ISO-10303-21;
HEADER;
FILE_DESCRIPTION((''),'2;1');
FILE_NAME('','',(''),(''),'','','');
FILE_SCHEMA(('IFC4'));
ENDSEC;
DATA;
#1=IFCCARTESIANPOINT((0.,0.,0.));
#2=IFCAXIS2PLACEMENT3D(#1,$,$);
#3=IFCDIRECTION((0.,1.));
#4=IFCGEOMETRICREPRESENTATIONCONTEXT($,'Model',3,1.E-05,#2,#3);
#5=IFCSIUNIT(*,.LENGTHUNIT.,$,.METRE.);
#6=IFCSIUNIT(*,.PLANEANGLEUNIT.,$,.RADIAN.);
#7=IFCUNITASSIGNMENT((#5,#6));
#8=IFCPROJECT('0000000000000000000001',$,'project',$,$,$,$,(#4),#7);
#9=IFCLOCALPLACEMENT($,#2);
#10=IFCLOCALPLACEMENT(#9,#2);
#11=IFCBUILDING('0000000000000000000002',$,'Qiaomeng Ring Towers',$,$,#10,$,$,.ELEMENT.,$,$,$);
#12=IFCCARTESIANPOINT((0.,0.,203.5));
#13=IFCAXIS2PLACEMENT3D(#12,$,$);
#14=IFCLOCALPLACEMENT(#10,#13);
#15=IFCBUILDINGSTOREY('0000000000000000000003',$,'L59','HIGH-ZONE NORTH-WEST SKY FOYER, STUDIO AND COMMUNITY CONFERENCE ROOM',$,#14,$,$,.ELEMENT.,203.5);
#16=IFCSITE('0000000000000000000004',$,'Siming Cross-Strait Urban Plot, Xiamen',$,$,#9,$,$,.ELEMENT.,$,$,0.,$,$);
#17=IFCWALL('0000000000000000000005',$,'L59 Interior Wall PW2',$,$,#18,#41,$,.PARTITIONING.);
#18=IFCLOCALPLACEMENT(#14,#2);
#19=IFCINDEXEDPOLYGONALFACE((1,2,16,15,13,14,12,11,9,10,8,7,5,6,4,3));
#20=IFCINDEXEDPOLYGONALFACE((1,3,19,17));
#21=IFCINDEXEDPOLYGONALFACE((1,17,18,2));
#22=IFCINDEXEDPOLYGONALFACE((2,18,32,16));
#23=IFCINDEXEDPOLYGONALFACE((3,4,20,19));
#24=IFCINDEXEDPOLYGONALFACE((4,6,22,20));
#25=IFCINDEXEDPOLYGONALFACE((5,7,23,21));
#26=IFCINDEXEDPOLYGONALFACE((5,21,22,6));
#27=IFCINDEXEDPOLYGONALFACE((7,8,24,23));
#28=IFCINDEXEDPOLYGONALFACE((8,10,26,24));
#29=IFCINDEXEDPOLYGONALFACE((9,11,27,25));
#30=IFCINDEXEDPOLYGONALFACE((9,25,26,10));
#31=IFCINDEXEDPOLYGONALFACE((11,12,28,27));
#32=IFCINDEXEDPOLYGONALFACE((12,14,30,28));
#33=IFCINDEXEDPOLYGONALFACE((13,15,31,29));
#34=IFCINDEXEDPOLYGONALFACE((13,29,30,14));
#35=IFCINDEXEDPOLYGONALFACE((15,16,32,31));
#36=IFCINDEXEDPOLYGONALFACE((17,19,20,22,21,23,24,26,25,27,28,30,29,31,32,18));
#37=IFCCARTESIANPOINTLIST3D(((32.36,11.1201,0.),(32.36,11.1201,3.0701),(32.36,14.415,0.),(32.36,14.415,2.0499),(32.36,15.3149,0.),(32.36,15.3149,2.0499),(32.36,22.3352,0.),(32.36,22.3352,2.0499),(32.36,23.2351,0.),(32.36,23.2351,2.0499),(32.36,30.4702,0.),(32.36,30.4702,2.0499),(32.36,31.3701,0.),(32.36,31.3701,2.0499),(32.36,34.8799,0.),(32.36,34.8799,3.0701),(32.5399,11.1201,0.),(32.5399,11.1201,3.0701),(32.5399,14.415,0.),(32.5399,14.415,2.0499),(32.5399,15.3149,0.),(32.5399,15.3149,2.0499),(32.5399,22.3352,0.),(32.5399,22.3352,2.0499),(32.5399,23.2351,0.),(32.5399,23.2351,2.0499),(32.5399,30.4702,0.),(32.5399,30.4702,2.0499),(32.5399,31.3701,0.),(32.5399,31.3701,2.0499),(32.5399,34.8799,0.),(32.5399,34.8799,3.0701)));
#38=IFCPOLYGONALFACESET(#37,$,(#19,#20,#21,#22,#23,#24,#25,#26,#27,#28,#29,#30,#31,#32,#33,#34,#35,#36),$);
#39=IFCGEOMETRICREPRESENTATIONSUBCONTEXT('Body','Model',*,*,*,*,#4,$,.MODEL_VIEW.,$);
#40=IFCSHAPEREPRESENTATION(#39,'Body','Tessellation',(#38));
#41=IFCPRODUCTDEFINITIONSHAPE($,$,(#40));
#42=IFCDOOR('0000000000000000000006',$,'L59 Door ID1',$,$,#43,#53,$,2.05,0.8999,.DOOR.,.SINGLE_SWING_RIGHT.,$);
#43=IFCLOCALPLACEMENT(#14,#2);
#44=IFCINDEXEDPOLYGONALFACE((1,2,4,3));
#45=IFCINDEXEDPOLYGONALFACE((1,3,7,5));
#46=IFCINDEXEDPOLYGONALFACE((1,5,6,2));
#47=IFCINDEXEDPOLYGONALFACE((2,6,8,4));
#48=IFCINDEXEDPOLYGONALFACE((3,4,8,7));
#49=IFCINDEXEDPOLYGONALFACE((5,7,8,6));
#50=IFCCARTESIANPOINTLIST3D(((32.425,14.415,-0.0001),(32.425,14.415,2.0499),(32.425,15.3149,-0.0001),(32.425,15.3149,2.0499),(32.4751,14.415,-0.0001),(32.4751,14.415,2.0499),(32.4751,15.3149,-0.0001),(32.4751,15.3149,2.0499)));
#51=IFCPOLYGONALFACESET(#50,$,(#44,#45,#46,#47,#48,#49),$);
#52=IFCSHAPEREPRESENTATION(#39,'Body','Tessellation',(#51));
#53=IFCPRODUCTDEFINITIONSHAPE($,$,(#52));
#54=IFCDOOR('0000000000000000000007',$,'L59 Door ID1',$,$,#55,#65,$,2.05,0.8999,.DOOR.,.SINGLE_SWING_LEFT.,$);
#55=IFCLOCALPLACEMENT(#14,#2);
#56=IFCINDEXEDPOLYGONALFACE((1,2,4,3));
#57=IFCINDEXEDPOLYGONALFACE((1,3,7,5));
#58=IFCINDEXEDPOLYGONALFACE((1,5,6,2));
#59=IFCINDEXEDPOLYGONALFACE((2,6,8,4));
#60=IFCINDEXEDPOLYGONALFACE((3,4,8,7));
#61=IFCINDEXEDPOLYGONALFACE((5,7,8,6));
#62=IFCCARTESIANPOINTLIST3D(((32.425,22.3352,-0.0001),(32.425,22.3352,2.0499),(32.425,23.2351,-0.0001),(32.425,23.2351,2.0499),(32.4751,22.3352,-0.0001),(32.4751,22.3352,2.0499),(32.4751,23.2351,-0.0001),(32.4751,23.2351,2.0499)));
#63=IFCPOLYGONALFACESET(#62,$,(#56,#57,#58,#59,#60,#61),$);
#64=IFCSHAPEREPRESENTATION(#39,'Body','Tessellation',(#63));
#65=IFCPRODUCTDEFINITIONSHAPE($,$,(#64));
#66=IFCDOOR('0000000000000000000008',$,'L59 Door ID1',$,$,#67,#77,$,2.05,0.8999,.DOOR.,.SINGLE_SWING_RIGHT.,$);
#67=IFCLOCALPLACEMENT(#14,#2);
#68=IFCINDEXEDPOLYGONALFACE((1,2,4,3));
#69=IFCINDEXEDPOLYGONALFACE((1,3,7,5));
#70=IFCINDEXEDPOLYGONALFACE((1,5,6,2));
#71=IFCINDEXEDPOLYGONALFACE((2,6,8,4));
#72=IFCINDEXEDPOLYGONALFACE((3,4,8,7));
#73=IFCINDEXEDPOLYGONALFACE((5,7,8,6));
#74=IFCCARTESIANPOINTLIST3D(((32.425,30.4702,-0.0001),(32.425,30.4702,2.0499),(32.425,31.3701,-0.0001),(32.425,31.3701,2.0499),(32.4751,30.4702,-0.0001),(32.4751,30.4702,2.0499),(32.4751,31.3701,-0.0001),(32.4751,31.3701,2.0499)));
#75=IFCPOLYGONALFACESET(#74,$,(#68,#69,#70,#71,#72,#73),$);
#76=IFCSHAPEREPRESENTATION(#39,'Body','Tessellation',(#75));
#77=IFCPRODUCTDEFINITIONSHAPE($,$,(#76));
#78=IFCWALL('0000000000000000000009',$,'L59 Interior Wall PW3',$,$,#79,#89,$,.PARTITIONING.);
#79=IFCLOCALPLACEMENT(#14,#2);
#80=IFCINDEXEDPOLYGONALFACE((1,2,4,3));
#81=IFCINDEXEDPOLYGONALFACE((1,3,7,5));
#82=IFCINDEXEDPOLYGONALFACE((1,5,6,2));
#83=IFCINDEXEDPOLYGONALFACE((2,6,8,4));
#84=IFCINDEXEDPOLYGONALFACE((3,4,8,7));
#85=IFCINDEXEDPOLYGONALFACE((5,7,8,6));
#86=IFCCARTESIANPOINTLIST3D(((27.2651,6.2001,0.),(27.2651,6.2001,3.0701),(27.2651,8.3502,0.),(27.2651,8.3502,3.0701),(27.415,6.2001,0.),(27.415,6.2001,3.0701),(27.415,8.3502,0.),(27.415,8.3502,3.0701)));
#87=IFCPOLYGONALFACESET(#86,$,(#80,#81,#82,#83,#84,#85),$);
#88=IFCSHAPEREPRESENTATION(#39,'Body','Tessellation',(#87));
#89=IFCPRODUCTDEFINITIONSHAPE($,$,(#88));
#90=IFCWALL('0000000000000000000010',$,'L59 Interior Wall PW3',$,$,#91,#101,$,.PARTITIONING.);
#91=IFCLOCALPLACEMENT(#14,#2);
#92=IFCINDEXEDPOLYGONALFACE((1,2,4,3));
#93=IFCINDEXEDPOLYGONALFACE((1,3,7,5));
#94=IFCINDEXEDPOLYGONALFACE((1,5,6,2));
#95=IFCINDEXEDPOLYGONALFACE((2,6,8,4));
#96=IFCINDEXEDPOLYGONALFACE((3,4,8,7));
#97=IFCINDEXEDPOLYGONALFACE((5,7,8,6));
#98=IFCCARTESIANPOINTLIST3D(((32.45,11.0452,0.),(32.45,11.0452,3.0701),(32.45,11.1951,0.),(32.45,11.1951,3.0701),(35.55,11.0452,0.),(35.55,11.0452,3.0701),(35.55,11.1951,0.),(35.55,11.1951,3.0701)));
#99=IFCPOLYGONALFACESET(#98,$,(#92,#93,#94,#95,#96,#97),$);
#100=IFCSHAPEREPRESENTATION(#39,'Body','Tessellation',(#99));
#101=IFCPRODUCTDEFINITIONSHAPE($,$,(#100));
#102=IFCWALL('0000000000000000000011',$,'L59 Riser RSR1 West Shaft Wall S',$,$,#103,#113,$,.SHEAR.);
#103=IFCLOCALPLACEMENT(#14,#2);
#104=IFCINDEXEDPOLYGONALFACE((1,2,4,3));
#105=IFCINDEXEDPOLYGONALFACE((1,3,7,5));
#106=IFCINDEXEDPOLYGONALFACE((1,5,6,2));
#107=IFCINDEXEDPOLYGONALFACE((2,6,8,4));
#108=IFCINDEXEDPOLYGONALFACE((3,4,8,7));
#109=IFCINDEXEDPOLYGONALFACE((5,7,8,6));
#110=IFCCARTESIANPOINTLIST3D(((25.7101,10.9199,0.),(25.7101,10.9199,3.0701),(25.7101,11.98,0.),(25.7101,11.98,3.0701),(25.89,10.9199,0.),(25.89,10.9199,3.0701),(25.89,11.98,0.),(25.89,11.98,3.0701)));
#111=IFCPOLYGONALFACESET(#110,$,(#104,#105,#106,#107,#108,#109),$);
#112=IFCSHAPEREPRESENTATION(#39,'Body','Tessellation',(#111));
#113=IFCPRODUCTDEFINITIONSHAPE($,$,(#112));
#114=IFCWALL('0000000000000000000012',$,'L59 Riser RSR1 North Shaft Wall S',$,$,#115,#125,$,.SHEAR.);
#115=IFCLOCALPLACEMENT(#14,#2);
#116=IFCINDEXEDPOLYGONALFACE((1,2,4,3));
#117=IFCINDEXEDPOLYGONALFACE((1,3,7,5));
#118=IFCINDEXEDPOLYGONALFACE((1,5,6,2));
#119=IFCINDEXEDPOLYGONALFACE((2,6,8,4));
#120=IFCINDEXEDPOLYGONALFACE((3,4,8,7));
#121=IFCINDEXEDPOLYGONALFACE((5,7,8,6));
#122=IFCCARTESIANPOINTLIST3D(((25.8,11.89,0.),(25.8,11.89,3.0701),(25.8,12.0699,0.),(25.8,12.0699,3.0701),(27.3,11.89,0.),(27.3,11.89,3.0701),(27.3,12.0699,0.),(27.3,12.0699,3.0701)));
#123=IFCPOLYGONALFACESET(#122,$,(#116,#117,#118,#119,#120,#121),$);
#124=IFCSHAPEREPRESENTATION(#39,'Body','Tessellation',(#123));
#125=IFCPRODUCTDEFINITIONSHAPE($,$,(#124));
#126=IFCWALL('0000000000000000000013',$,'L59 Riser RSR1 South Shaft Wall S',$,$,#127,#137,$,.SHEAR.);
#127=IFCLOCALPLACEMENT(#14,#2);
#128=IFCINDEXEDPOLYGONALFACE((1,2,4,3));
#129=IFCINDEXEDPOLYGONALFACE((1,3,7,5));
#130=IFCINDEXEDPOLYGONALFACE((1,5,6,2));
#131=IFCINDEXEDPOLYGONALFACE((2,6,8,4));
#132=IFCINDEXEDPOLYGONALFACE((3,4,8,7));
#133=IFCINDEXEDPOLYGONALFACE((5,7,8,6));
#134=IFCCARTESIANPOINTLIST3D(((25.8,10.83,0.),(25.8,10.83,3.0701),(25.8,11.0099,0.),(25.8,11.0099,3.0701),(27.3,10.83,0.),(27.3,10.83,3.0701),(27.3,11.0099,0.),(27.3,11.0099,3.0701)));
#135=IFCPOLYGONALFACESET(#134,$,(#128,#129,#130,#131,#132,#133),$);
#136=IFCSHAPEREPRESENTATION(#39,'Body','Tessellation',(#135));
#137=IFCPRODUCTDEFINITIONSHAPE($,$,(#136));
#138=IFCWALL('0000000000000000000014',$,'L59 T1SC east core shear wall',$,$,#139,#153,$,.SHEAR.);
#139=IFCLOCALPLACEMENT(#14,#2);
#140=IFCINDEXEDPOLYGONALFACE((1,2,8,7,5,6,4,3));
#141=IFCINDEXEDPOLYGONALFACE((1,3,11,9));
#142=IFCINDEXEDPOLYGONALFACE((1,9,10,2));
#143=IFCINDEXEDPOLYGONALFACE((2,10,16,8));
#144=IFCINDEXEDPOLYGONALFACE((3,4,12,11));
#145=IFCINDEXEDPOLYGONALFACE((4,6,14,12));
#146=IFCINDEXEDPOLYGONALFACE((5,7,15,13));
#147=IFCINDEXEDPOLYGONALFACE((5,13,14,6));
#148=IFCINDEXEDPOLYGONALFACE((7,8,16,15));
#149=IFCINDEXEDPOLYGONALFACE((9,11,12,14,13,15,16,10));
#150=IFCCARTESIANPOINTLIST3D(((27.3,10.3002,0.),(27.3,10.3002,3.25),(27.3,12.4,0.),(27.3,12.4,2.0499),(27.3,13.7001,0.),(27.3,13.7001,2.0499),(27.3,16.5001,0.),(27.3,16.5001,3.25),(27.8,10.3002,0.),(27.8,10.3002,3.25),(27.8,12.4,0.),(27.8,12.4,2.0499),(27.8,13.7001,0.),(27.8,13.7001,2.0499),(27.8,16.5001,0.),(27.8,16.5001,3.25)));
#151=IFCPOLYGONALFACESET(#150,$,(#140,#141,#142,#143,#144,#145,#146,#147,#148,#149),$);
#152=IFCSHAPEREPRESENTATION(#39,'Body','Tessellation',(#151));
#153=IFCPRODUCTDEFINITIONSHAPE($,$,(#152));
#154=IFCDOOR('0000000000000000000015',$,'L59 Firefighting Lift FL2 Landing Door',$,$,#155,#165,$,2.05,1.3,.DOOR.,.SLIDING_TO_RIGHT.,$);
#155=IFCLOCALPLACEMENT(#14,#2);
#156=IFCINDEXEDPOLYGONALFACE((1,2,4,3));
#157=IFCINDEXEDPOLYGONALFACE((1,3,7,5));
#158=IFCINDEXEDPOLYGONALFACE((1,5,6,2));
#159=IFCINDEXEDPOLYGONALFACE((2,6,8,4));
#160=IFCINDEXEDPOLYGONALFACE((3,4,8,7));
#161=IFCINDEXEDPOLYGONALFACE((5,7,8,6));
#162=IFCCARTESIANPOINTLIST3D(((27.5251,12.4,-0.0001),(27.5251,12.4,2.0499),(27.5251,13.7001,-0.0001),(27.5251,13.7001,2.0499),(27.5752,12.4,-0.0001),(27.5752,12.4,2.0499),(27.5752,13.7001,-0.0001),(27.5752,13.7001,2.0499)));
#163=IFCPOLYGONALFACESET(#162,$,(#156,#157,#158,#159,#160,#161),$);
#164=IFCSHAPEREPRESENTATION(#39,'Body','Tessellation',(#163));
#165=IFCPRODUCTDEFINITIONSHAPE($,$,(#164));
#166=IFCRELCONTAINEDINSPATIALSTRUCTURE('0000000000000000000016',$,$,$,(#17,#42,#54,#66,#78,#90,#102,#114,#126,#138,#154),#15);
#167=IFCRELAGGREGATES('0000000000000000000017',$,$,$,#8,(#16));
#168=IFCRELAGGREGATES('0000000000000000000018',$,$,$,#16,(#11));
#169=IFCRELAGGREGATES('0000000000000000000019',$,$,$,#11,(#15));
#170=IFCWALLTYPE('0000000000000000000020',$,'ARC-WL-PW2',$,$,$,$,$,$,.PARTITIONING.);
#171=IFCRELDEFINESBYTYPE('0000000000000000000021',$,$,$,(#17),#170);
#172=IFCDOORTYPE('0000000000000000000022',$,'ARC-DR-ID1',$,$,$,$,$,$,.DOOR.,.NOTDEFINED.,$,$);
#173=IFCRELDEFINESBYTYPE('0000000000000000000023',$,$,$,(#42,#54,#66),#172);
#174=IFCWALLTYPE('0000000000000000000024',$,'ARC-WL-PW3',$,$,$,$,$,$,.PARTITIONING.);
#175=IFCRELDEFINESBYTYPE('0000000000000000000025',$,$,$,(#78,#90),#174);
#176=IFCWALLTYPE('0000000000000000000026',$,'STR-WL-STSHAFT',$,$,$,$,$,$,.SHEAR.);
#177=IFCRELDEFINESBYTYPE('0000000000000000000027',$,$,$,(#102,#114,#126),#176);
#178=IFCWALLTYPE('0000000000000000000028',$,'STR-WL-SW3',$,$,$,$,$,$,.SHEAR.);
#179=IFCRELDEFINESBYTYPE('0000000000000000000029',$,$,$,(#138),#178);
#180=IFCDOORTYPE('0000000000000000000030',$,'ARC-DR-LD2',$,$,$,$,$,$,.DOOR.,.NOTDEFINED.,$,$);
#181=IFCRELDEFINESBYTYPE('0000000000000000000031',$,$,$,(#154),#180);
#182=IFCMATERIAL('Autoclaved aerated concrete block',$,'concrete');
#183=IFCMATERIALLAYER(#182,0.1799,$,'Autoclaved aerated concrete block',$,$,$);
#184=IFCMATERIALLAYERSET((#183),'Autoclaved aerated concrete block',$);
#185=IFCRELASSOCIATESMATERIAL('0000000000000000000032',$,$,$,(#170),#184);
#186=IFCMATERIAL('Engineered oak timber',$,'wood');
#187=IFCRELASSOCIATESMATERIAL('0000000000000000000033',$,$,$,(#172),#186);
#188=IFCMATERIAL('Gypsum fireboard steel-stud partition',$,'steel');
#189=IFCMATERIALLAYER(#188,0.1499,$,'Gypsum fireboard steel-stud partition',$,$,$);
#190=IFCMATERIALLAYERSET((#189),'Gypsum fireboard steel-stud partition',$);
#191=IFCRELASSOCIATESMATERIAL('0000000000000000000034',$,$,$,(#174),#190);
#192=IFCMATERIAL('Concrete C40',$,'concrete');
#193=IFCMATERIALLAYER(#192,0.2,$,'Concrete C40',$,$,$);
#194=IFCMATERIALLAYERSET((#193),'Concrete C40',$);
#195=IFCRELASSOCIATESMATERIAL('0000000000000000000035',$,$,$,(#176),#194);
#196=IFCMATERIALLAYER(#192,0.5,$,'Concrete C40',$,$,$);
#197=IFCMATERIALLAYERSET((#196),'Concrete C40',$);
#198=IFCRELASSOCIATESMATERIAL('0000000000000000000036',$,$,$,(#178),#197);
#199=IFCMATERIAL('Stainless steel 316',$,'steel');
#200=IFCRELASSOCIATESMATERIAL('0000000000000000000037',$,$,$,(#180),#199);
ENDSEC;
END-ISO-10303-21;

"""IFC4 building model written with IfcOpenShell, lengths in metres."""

from ifc_helpers import new_model, si_unit, direction, frame, frame_2d, origin, place, context, subcontext, project, spatial, rectangle, extrude, source, transform, mapped, material, layer, layer_set, type_object, element, fill, save


model = new_model("IFC4")

# Units and contexts
model_context = context("Model", 3, precision=1e-05, world=origin(), true_north=direction((0.0, 1.0)))
body_context = subcontext(model_context, "Body", "Model", "MODEL_VIEW")
ifc_project = project(units=[si_unit("LENGTHUNIT", "METRE"), si_unit("PLANEANGLEUNIT", "RADIAN")], contexts=[model_context])

# Site, building, storey
site_placement = place(None, origin())
site = spatial("IfcSite", under=ifc_project, at=site_placement, Name="Siming Cross-Strait Urban Plot, Xiamen", CompositionType="ELEMENT", RefElevation=0.0)
building_placement = place(site_placement, origin())
building = spatial("IfcBuilding", under=site, at=building_placement, Name="Qiaomeng Ring Towers", CompositionType="ELEMENT")
storey_placement = place(building_placement, frame((0.0, 0.0, 203.5)))
storey = spatial("IfcBuildingStorey", under=building, at=storey_placement, Name="L59", Description="HIGH-ZONE NORTH-WEST SKY FOYER, STUDIO AND COMMUNITY CONFERENCE ROOM", CompositionType="ELEMENT", Elevation=203.5)

# Shared definitions
ifc_material_1 = material(Name="Concrete C40", Category="concrete")

# Wall, openings, doors
ifc_material_2 = material(Name="Autoclaved aerated concrete block", Category="concrete")
ifc_layer_1 = layer(ifc_material_2, 0.1799, Name="Autoclaved aerated concrete block")
ifc_layer_set_1 = layer_set([ifc_layer_1], Name="Autoclaved aerated concrete block")
wall_type_1 = type_object("IfcWallType", Name="ARC-WL-PW2", PredefinedType="PARTITIONING", material=ifc_layer_set_1)
wall_1_placement = place(storey_placement, frame((32.45, 11.1201, 0.0), z_axis=(0.0, 0.0, 1.0), x_axis=(0.0, 1.0, 0.0)))
wall_1 = element("IfcWall", 1, at=wall_1_placement, inside=storey, type_object=wall_type_1, Name="L59 Interior Wall PW2", PredefinedType="PARTITIONING", context=body_context, shape_type="SweptSolid", body=[
    extrude(rectangle(XDim=23.7598, YDim=0.1799, at=frame_2d((11.8799, 0.0))), origin(), (0.0, 0.0, 1.0), 3.0701),
])
opening_1_placement = place(wall_1_placement, frame((3.2949, 0.0, 0.0)))
opening_1 = element("IfcOpeningElement", 2, at=opening_1_placement, cuts=wall_1, PredefinedType="OPENING", context=body_context, shape_type="SweptSolid", body=[
    extrude(rectangle(XDim=0.8999, YDim=2.05, at=frame_2d((0.45, 1.0249))), frame((0.0, 0.0999, 0.0), z_axis=(0.0, -1.0, 0.0), x_axis=(1.0, 0.0, 0.0)), (0.0, 0.0, 1.0), 0.2),
])
opening_2_placement = place(wall_1_placement, frame((11.2151, 0.0, 0.0)))
opening_2 = element("IfcOpeningElement", 3, at=opening_2_placement, cuts=wall_1, PredefinedType="OPENING", context=body_context, shape_type="SweptSolid", body=[
    extrude(rectangle(XDim=0.8999, YDim=2.05, at=frame_2d((0.45, 1.0249))), frame((0.0, 0.0999, 0.0), z_axis=(0.0, -1.0, 0.0), x_axis=(1.0, 0.0, 0.0)), (0.0, 0.0, 1.0), 0.2),
])
opening_3_placement = place(wall_1_placement, frame((19.3501, 0.0, 0.0)))
opening_3 = element("IfcOpeningElement", 4, at=opening_3_placement, cuts=wall_1, PredefinedType="OPENING", context=body_context, shape_type="SweptSolid", body=[
    extrude(rectangle(XDim=0.8999, YDim=2.05, at=frame_2d((0.45, 1.0249))), frame((0.0, 0.0999, 0.0), z_axis=(0.0, -1.0, 0.0), x_axis=(1.0, 0.0, 0.0)), (0.0, 0.0, 1.0), 0.2),
])
ifc_material_3 = material(Name="Engineered oak timber", Category="wood")
door_type_1 = type_object("IfcDoorType", Name="ARC-DR-ID1", OperationType="NOTDEFINED", PredefinedType="DOOR", material=ifc_material_3)
shared_shape_1 = source(origin(), body_context, "Body", "SweptSolid", [
    extrude(rectangle(XDim=0.8999, YDim=2.05, at=frame_2d((0.45, 1.0249))), frame((0.0, 0.0249, 0.0), z_axis=(0.0, -1.0, 0.0), x_axis=(1.0, 0.0, 0.0)), (0.0, 0.0, 1.0), 0.05),
])
door_1_placement = place(opening_1_placement, origin())
door_1 = element("IfcDoor", 5, at=door_1_placement, inside=storey, type_object=door_type_1, Name="L59 Door ID1", OperationType="SINGLE_SWING_RIGHT", OverallHeight=2.05, OverallWidth=0.8999, PredefinedType="DOOR", context=body_context, shape_type="MappedRepresentation", body=[
    mapped(shared_shape_1, transform((0.0, 0.0, 0.0), x_axis=(1.0, 0.0, 0.0), y_axis=(0.0, 1.0, 0.0), z_axis=(0.0, 0.0, 1.0), scale=1.0)),
])
fill(opening_1, door_1)
door_2_placement = place(opening_2_placement, origin())
door_2 = element("IfcDoor", 6, at=door_2_placement, inside=storey, type_object=door_type_1, Name="L59 Door ID1", OperationType="SINGLE_SWING_LEFT", OverallHeight=2.05, OverallWidth=0.8999, PredefinedType="DOOR", context=body_context, shape_type="MappedRepresentation", body=[
    mapped(shared_shape_1, transform((0.0, 0.0, 0.0), x_axis=(1.0, 0.0, 0.0), y_axis=(0.0, 1.0, 0.0), z_axis=(0.0, 0.0, 1.0), scale=1.0)),
])
fill(opening_2, door_2)
door_3_placement = place(opening_3_placement, origin())
door_3 = element("IfcDoor", 7, at=door_3_placement, inside=storey, type_object=door_type_1, Name="L59 Door ID1", OperationType="SINGLE_SWING_RIGHT", OverallHeight=2.05, OverallWidth=0.8999, PredefinedType="DOOR", context=body_context, shape_type="MappedRepresentation", body=[
    mapped(shared_shape_1, transform((0.0, 0.0, 0.0), x_axis=(1.0, 0.0, 0.0), y_axis=(0.0, 1.0, 0.0), z_axis=(0.0, 0.0, 1.0), scale=1.0)),
])
fill(opening_3, door_3)

# Walls
ifc_material_4 = material(Name="Gypsum fireboard steel-stud partition", Category="steel")
ifc_layer_2 = layer(ifc_material_4, 0.1499, Name="Gypsum fireboard steel-stud partition")
ifc_layer_set_2 = layer_set([ifc_layer_2], Name="Gypsum fireboard steel-stud partition")
wall_type_2 = type_object("IfcWallType", Name="ARC-WL-PW3", PredefinedType="PARTITIONING", material=ifc_layer_set_2)
wall_2_placement = place(storey_placement, frame((27.3401, 6.2, 0.0), z_axis=(0.0, 0.0, 1.0), x_axis=(0.0, 1.0, 0.0)))
element("IfcWall", 8, at=wall_2_placement, inside=storey, type_object=wall_type_2, Name="L59 Interior Wall PW3", PredefinedType="PARTITIONING", context=body_context, shape_type="SweptSolid", body=[
    extrude(rectangle(XDim=2.1501, YDim=0.1499, at=frame_2d((1.0752, 0.0))), origin(), (0.0, 0.0, 1.0), 3.0701),
])
wall_3_placement = place(storey_placement, frame((32.45, 11.1201, 0.0), z_axis=(0.0, 0.0, 1.0), x_axis=(1.0, 0.0, 0.0)))
element("IfcWall", 9, at=wall_3_placement, inside=storey, type_object=wall_type_2, Name="L59 Interior Wall PW3", PredefinedType="PARTITIONING", context=body_context, shape_type="SweptSolid", body=[
    extrude(rectangle(XDim=3.1001, YDim=0.1499, at=frame_2d((1.55, 0.0))), origin(), (0.0, 0.0, 1.0), 3.0701),
])
ifc_layer_3 = layer(ifc_material_1, 0.2, Name="Concrete C40")
ifc_layer_set_3 = layer_set([ifc_layer_3], Name="Concrete C40")
wall_type_3 = type_object("IfcWallType", Name="STR-WL-STSHAFT", PredefinedType="SHEAR", material=ifc_layer_set_3)
wall_4_placement = place(storey_placement, frame((25.8, 10.9199, 0.0), z_axis=(0.0, 0.0, 1.0), x_axis=(0.0, 1.0, 0.0)))
element("IfcWall", 10, at=wall_4_placement, inside=storey, type_object=wall_type_3, Name="L59 Riser RSR1 West Shaft Wall S", PredefinedType="SHEAR", context=body_context, shape_type="SweptSolid", body=[
    extrude(rectangle(XDim=1.0601, YDim=0.1799, at=frame_2d((0.53, 0.0))), origin(), (0.0, 0.0, 1.0), 3.0701),
])
for number, where, z_axis, x_axis, name in (
    (11, (25.8, 11.98, 0.0), (0.0, 0.0, 1.0), (1.0, 0.0, 0.0), "L59 Riser RSR1 North Shaft Wall S"),
    (12, (25.8, 10.9199, 0.0), (0.0, 0.0, 1.0), (1.0, 0.0, 0.0), "L59 Riser RSR1 South Shaft Wall S"),
):
    element("IfcWall", number, at=place(storey_placement, frame(where, z_axis=z_axis, x_axis=x_axis)), inside=storey, type_object=wall_type_3, Name=name, PredefinedType="SHEAR", context=body_context, shape_type="SweptSolid", body=[
        extrude(rectangle(XDim=1.5, YDim=0.1799, at=frame_2d((0.75, 0.0))), origin(), (0.0, 0.0, 1.0), 3.0701),
    ])

# Wall, opening, door
ifc_layer_4 = layer(ifc_material_1, 0.5, Name="Concrete C40")
ifc_layer_set_4 = layer_set([ifc_layer_4], Name="Concrete C40")
wall_type_4 = type_object("IfcWallType", Name="STR-WL-SW3", PredefinedType="SHEAR", material=ifc_layer_set_4)
wall_5_placement = place(storey_placement, frame((27.55, 10.3, 0.0), z_axis=(0.0, 0.0, 1.0), x_axis=(0.0, 1.0, 0.0)))
wall_5 = element("IfcWall", 13, at=wall_5_placement, inside=storey, type_object=wall_type_4, Name="L59 T1SC east core shear wall", PredefinedType="SHEAR", context=body_context, shape_type="SweptSolid", body=[
    extrude(rectangle(XDim=6.2, YDim=0.5, at=frame_2d((3.1001, 0.0))), origin(), (0.0, 0.0, 1.0), 3.25),
])
opening_4_placement = place(wall_5_placement, frame((2.1001, 0.0, 0.0)))
opening_4 = element("IfcOpeningElement", 14, at=opening_4_placement, cuts=wall_5, PredefinedType="OPENING", context=body_context, shape_type="SweptSolid", body=[
    extrude(rectangle(XDim=1.3, YDim=2.05, at=frame_2d((0.6499, 1.0249))), frame((0.0, 0.26, 0.0), z_axis=(0.0, -1.0, 0.0), x_axis=(1.0, 0.0, 0.0)), (0.0, 0.0, 1.0), 0.52),
])
ifc_material_5 = material(Name="Stainless steel 316", Category="steel")
door_type_2 = type_object("IfcDoorType", Name="ARC-DR-LD2", OperationType="NOTDEFINED", PredefinedType="DOOR", material=ifc_material_5)
shared_shape_2 = source(origin(), body_context, "Body", "SweptSolid", [
    extrude(rectangle(XDim=1.3, YDim=2.05, at=frame_2d((0.6499, 1.0249))), frame((0.0, 0.0249, 0.0), z_axis=(0.0, -1.0, 0.0), x_axis=(1.0, 0.0, 0.0)), (0.0, 0.0, 1.0), 0.05),
])
door_4_placement = place(opening_4_placement, origin())
door_4 = element("IfcDoor", 15, at=door_4_placement, inside=storey, type_object=door_type_2, Name="L59 Firefighting Lift FL2 Landing Door", OperationType="SLIDING_TO_RIGHT", OverallHeight=2.05, OverallWidth=1.3, PredefinedType="DOOR", context=body_context, shape_type="MappedRepresentation", body=[
    mapped(shared_shape_2, transform((0.0, 0.0, 0.0), x_axis=(1.0, 0.0, 0.0), y_axis=(0.0, 1.0, 0.0), z_axis=(0.0, 0.0, 1.0), scale=1.0)),
])
fill(opening_4, door_4)

save(model, "model.ifc")
